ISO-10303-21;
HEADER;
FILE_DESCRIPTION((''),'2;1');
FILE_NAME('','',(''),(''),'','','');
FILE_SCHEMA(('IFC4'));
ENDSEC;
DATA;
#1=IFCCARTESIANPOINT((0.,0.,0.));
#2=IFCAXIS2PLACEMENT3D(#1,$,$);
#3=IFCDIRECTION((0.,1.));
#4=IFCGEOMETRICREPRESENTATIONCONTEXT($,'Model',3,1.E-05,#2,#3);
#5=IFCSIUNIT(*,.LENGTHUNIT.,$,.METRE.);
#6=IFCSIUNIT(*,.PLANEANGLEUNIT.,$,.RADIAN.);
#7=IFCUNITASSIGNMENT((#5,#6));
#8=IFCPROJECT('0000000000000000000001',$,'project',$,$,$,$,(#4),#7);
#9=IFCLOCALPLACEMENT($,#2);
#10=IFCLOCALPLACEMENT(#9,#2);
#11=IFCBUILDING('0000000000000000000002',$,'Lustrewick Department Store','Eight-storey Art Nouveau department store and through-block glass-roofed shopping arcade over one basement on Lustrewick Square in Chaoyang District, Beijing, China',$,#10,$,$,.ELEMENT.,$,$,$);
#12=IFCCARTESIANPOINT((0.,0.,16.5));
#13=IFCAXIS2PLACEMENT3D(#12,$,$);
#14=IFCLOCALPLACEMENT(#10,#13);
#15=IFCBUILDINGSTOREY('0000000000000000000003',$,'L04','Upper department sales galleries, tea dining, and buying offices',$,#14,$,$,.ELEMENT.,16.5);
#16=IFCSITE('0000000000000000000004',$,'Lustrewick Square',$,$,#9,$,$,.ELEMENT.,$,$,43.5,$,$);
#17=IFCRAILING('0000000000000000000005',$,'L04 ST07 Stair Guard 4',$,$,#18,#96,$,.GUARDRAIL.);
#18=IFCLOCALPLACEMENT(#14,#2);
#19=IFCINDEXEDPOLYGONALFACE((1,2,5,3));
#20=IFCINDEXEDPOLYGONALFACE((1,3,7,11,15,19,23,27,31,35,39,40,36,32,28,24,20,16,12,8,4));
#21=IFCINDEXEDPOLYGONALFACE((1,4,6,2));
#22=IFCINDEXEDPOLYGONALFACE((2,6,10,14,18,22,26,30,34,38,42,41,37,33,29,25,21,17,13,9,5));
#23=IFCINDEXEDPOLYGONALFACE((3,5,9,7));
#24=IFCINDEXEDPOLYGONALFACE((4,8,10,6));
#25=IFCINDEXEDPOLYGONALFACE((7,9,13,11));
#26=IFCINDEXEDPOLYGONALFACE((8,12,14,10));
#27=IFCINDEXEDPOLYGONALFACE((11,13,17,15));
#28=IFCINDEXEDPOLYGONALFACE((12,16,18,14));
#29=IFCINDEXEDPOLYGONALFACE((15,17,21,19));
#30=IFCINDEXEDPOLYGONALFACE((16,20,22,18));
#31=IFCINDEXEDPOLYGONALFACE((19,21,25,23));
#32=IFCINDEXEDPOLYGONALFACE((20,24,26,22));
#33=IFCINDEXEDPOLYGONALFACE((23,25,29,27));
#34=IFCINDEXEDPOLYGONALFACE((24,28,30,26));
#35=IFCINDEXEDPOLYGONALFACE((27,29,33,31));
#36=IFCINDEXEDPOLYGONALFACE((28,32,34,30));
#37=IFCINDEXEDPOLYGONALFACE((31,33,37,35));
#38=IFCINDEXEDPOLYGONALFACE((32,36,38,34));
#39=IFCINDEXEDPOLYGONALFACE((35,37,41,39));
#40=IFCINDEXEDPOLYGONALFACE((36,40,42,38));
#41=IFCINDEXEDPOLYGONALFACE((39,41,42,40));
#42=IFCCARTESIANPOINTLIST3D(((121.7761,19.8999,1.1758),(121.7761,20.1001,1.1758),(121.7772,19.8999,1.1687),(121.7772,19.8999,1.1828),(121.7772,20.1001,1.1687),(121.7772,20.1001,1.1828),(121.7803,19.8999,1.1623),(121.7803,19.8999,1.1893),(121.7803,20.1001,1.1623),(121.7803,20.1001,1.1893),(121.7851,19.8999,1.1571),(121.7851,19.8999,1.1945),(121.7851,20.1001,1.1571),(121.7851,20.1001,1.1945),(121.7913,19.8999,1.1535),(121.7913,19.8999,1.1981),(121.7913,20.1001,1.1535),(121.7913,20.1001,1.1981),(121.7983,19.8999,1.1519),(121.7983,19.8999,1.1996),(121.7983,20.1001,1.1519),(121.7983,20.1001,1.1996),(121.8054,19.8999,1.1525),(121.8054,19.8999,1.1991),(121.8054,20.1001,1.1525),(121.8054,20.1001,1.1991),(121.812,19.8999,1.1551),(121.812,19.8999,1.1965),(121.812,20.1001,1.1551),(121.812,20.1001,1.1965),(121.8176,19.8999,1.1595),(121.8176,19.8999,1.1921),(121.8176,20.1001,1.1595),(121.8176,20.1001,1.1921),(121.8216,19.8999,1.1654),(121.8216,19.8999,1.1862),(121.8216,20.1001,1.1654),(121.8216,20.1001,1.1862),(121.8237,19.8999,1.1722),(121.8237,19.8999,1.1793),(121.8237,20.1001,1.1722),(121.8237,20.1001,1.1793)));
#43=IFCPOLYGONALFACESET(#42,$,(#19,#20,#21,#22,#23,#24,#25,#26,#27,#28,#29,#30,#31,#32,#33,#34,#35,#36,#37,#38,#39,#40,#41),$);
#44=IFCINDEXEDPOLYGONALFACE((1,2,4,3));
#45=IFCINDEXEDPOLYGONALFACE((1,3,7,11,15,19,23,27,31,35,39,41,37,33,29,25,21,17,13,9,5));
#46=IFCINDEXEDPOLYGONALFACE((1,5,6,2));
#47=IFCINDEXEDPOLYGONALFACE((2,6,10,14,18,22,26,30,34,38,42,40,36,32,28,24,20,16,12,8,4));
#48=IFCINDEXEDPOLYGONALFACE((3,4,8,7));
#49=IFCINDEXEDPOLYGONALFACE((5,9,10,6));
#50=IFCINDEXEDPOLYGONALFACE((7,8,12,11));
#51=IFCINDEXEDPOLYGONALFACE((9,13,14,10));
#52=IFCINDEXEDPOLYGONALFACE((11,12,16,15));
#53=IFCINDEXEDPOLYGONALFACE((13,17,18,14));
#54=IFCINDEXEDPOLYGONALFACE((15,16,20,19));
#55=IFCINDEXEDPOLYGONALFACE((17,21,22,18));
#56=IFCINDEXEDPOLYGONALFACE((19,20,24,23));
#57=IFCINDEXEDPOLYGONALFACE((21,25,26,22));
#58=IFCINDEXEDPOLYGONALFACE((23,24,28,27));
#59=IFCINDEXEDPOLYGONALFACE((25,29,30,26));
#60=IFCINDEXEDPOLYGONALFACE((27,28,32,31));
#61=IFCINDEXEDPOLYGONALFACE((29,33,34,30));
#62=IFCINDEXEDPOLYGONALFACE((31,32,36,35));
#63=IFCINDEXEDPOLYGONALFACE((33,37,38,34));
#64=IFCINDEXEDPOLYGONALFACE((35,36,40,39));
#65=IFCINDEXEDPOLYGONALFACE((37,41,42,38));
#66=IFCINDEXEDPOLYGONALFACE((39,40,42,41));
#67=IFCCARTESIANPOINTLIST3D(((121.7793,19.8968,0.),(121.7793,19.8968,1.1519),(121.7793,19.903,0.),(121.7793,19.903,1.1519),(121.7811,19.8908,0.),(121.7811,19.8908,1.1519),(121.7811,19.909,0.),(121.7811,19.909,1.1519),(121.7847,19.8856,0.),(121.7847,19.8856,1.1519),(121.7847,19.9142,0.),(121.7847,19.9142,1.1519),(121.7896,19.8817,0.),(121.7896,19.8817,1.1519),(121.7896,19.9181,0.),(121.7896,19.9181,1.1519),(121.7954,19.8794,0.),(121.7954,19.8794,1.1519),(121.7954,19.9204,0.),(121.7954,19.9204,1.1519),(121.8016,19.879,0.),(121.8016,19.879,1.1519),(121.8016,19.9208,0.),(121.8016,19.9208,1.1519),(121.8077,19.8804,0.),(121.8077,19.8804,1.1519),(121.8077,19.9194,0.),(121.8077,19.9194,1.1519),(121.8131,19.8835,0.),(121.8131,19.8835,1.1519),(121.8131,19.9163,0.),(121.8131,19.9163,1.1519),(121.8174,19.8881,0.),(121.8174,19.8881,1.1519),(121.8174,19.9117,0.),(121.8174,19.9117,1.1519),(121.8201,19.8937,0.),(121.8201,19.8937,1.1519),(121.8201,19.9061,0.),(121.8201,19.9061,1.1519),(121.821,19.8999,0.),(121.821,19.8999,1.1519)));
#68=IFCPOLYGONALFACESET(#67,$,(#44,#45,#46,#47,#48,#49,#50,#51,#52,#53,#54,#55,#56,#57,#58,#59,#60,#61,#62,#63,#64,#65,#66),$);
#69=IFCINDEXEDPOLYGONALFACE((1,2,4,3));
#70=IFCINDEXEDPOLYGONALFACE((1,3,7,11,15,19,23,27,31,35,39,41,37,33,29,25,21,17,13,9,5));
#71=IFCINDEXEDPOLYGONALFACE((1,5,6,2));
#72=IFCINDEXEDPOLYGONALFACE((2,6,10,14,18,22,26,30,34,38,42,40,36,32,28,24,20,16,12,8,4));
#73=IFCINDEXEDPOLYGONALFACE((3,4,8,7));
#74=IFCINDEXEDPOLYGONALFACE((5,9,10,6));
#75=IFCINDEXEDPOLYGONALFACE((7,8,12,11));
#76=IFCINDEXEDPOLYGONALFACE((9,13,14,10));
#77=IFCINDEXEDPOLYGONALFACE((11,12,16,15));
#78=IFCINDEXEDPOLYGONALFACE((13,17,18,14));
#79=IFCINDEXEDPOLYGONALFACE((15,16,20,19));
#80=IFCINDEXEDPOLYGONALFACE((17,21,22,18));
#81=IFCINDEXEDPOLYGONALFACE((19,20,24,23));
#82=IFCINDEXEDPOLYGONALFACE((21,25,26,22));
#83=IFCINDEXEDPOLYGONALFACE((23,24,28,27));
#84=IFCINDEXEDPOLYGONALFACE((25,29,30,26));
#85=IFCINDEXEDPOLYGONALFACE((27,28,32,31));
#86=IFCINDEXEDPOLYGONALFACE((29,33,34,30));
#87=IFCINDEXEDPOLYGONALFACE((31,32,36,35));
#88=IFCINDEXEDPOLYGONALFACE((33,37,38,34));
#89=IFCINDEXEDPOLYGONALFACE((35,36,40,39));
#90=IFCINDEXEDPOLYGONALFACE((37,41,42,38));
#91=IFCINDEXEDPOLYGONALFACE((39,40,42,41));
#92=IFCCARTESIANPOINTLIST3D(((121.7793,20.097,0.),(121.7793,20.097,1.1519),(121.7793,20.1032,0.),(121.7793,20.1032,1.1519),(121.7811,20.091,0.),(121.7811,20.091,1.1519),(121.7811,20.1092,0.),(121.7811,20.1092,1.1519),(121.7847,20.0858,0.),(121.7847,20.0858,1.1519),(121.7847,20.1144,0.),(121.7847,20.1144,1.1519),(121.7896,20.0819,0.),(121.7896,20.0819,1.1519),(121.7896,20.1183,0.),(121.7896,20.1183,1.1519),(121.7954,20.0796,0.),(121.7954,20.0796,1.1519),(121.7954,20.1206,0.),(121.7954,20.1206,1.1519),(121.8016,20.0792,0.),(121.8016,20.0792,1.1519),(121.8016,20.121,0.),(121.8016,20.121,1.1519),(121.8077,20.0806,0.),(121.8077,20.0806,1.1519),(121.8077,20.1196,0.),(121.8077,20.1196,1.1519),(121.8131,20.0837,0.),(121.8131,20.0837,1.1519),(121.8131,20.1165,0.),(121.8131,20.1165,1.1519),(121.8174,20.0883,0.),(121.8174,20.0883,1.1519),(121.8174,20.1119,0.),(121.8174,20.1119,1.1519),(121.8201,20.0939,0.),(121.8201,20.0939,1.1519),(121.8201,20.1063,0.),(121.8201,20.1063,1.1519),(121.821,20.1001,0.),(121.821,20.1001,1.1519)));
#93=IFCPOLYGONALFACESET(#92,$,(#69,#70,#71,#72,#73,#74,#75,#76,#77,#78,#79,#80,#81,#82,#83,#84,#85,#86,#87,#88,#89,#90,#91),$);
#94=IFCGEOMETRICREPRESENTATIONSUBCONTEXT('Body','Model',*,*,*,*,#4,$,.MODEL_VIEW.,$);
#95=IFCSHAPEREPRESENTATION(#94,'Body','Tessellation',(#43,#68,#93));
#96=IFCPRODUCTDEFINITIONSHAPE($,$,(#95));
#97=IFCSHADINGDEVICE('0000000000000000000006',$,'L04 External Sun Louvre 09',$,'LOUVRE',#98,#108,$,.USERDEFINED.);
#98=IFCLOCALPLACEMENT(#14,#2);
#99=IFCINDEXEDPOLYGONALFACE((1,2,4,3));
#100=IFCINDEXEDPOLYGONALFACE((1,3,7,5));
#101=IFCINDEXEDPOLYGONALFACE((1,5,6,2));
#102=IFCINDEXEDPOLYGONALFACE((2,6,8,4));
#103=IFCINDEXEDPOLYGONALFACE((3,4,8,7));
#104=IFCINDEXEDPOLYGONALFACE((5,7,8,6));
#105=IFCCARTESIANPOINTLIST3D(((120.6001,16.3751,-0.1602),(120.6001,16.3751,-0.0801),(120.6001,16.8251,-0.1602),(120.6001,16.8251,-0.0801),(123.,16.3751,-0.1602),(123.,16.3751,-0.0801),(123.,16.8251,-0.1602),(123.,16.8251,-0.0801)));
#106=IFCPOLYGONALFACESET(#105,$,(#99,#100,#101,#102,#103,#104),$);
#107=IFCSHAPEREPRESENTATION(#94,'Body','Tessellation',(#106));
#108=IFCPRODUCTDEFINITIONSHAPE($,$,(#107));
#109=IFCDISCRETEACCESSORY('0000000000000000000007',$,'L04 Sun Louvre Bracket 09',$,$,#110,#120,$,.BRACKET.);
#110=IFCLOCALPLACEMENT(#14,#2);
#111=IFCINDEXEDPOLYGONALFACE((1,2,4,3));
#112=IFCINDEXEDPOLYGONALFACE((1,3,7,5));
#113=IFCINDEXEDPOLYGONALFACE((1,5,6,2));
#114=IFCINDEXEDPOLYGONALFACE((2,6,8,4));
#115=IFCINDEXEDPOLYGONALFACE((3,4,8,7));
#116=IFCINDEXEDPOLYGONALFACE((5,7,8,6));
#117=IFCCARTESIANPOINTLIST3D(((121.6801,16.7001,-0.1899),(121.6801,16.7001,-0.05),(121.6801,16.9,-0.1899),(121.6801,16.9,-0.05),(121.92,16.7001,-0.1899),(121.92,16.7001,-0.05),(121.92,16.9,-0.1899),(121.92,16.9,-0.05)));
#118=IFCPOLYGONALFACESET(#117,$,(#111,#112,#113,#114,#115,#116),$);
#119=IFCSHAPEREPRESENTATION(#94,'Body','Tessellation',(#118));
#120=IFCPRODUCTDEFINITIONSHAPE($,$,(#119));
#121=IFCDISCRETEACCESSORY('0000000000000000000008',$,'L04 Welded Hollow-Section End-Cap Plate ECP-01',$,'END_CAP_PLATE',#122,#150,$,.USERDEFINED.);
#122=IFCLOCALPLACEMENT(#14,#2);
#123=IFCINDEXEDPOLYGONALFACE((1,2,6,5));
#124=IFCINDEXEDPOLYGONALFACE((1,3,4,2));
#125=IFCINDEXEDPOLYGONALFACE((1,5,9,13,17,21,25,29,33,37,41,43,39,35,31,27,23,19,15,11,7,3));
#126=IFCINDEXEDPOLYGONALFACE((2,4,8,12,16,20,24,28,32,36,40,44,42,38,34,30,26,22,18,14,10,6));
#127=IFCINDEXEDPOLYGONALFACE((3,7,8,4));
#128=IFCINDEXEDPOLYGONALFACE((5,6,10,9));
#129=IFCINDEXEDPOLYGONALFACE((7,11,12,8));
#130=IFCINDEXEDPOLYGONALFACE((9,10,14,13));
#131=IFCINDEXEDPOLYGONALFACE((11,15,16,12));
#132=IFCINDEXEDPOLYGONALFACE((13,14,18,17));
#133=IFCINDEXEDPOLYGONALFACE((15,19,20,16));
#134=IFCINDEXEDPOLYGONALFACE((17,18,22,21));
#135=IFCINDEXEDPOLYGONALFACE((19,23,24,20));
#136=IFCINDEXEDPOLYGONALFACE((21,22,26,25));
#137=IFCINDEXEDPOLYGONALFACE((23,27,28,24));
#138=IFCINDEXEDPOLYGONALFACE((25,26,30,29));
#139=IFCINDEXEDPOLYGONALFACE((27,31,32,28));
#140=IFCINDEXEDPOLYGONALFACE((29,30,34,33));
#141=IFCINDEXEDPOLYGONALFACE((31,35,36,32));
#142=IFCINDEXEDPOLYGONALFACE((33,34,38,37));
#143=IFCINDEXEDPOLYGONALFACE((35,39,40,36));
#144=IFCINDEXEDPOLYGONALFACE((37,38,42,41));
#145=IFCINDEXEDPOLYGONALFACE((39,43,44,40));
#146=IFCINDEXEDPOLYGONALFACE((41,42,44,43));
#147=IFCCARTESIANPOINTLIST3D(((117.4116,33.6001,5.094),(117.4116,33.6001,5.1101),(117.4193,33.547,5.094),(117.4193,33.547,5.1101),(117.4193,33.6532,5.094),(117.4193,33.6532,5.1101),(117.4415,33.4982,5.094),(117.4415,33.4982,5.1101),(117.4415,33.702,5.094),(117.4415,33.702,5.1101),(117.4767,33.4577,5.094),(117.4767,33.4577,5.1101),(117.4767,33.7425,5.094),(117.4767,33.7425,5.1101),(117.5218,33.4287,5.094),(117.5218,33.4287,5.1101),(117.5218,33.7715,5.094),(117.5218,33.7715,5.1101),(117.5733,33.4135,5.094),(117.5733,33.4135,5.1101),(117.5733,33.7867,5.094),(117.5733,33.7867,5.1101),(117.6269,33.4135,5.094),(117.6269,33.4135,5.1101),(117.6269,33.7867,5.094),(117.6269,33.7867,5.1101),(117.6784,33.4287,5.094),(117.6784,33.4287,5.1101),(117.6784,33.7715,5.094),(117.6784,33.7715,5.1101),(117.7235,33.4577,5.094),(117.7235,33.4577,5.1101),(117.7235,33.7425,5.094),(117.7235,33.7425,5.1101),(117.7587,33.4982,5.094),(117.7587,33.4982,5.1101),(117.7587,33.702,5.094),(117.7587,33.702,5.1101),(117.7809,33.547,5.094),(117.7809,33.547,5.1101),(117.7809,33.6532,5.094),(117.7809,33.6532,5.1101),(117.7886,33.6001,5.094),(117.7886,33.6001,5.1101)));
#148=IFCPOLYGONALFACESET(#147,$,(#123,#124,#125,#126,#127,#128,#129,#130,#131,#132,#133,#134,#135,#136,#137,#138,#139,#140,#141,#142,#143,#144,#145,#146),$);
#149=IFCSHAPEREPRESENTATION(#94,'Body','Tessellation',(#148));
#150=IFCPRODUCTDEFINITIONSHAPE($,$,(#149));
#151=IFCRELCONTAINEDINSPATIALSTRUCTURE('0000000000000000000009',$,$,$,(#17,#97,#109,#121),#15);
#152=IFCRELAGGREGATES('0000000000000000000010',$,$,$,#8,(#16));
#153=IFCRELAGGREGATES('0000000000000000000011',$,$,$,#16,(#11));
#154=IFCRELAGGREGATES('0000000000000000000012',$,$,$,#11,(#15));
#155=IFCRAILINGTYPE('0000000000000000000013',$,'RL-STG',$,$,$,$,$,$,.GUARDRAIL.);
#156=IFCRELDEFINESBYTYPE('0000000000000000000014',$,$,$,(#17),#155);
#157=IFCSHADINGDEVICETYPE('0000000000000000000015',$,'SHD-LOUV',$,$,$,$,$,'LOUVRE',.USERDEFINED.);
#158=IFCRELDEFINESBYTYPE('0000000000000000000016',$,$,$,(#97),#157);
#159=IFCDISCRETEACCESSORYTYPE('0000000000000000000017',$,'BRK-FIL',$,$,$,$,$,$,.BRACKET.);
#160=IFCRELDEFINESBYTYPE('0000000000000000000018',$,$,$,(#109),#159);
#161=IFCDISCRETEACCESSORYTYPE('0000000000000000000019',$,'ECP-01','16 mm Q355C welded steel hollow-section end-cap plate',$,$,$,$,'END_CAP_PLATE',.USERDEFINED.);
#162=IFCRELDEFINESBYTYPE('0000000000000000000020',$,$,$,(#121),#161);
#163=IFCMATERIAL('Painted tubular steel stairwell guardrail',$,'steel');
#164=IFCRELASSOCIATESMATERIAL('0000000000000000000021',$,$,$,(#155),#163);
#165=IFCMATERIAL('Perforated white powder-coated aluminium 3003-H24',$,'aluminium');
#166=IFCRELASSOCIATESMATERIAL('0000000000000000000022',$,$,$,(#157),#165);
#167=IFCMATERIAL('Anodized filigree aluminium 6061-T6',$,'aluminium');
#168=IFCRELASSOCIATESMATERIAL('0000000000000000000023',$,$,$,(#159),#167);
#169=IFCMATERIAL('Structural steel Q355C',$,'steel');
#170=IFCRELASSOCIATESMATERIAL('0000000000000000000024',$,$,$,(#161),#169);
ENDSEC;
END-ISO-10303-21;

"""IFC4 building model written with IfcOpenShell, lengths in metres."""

from ifc_helpers import new_model, si_unit, direction, frame, origin, origin_2d, place, context, subcontext, project, spatial, rectangle, circle, extrude, material, type_object, element, save


model = new_model("IFC4")

# Units and contexts
model_context = context("Model", 3, precision=1e-05, world=origin(), true_north=direction((0.0, 1.0)))
body_context = subcontext(model_context, "Body", "Model", "MODEL_VIEW")
ifc_project = project(units=[si_unit("LENGTHUNIT", "METRE"), si_unit("PLANEANGLEUNIT", "RADIAN")], contexts=[model_context])

# Site, building, storey
site_placement = place(None, origin())
site = spatial("IfcSite", under=ifc_project, at=site_placement, Name="Lustrewick Square", CompositionType="ELEMENT", RefElevation=43.5)
building_placement = place(site_placement, origin())
building = spatial("IfcBuilding", under=site, at=building_placement, Name="Lustrewick Department Store", Description="Eight-storey Art Nouveau department store and through-block glass-roofed shopping arcade over one basement on Lustrewick Square in Chaoyang District, Beijing, China", CompositionType="ELEMENT")
storey_placement = place(building_placement, frame((0.0, 0.0, 16.5)))
storey = spatial("IfcBuildingStorey", under=building, at=storey_placement, Name="L04", Description="Upper department sales galleries, tea dining, and buying offices", CompositionType="ELEMENT", Elevation=16.5)

# Shared definitions
ifc_material_1 = material(Name="Structural steel Q355C", Category="steel")

# Railing
ifc_material_2 = material(Name="Painted tubular steel stairwell guardrail", Category="steel")
railing_type = type_object("IfcRailingType", Name="RL-STG", PredefinedType="GUARDRAIL", material=ifc_material_2)
railing_placement = place(storey_placement, frame((121.8, 19.8999, 0.0)))
element("IfcRailing", 1, at=railing_placement, inside=storey, type_object=railing_type, Name="L04 ST07 Stair Guard 4", PredefinedType="GUARDRAIL", context=body_context, shape_type="SweptSolid", body=[
    extrude(circle(Radius=0.0239, at=origin_2d()), frame((0.0, 0.0, 1.1758), z_axis=(0.0, 1.0, 0.0), x_axis=(-1.0, 0.0, 0.0)), (0.0, 0.0, 1.0), 0.2002),
    extrude(circle(Radius=0.021, at=origin_2d()), origin(), (0.0, 0.0, 1.0), 1.1519),
    extrude(circle(Radius=0.021, at=origin_2d()), frame((0.0, 0.2002, 0.0)), (0.0, 0.0, 1.0), 1.1519),
])

# Shading device
ifc_material_3 = material(Name="Perforated white powder-coated aluminium 3003-H24", Category="aluminium")
shading_device_type = type_object("IfcShadingDeviceType", Name="SHD-LOUV", ElementType="LOUVRE", PredefinedType="USERDEFINED", material=ifc_material_3)
shading_device_placement = place(storey_placement, frame((121.8, 16.6001, -0.1602), z_axis=(0.0, 0.0, 1.0), x_axis=(1.0, 0.0, 0.0)))
element("IfcShadingDevice", 2, at=shading_device_placement, inside=storey, type_object=shading_device_type, Name="L04 External Sun Louvre 09", ObjectType="LOUVRE", PredefinedType="USERDEFINED", context=body_context, shape_type="SweptSolid", body=[
    extrude(rectangle(XDim=2.3999, YDim=0.45, at=origin_2d()), origin(), (0.0, 0.0, 1.0), 0.0801),
])

# Discrete accessories
ifc_material_4 = material(Name="Anodized filigree aluminium 6061-T6", Category="aluminium")
discrete_accessory_type_1 = type_object("IfcDiscreteAccessoryType", Name="BRK-FIL", PredefinedType="BRACKET", material=ifc_material_4)
discrete_accessory_1_placement = place(storey_placement, frame((121.8, 16.8, -0.1899), z_axis=(0.0, 0.0, 1.0), x_axis=(1.0, 0.0, 0.0)))
element("IfcDiscreteAccessory", 3, at=discrete_accessory_1_placement, inside=storey, type_object=discrete_accessory_type_1, Name="L04 Sun Louvre Bracket 09", PredefinedType="BRACKET", context=body_context, shape_type="SweptSolid", body=[
    extrude(rectangle(XDim=0.24, YDim=0.2, at=origin_2d()), origin(), (0.0, 0.0, 1.0), 0.1399),
])
discrete_accessory_type_2 = type_object("IfcDiscreteAccessoryType", Name="ECP-01", Description="16 mm Q355C welded steel hollow-section end-cap plate", ElementType="END_CAP_PLATE", PredefinedType="USERDEFINED", material=ifc_material_1)
discrete_accessory_2_placement = place(storey_placement, frame((117.6001, 33.6001, 5.094), z_axis=(0.0, 0.0, 1.0), x_axis=(1.0, 0.0, 0.0)))
element("IfcDiscreteAccessory", 4, at=discrete_accessory_2_placement, inside=storey, type_object=discrete_accessory_type_2, Name="L04 Welded Hollow-Section End-Cap Plate ECP-01", ObjectType="END_CAP_PLATE", PredefinedType="USERDEFINED", context=body_context, shape_type="SweptSolid", body=[
    extrude(circle(Radius=0.1885, at=origin_2d()), origin(), (0.0, 0.0, 1.0), 0.0161),
])

save(model, "model.ifc")
